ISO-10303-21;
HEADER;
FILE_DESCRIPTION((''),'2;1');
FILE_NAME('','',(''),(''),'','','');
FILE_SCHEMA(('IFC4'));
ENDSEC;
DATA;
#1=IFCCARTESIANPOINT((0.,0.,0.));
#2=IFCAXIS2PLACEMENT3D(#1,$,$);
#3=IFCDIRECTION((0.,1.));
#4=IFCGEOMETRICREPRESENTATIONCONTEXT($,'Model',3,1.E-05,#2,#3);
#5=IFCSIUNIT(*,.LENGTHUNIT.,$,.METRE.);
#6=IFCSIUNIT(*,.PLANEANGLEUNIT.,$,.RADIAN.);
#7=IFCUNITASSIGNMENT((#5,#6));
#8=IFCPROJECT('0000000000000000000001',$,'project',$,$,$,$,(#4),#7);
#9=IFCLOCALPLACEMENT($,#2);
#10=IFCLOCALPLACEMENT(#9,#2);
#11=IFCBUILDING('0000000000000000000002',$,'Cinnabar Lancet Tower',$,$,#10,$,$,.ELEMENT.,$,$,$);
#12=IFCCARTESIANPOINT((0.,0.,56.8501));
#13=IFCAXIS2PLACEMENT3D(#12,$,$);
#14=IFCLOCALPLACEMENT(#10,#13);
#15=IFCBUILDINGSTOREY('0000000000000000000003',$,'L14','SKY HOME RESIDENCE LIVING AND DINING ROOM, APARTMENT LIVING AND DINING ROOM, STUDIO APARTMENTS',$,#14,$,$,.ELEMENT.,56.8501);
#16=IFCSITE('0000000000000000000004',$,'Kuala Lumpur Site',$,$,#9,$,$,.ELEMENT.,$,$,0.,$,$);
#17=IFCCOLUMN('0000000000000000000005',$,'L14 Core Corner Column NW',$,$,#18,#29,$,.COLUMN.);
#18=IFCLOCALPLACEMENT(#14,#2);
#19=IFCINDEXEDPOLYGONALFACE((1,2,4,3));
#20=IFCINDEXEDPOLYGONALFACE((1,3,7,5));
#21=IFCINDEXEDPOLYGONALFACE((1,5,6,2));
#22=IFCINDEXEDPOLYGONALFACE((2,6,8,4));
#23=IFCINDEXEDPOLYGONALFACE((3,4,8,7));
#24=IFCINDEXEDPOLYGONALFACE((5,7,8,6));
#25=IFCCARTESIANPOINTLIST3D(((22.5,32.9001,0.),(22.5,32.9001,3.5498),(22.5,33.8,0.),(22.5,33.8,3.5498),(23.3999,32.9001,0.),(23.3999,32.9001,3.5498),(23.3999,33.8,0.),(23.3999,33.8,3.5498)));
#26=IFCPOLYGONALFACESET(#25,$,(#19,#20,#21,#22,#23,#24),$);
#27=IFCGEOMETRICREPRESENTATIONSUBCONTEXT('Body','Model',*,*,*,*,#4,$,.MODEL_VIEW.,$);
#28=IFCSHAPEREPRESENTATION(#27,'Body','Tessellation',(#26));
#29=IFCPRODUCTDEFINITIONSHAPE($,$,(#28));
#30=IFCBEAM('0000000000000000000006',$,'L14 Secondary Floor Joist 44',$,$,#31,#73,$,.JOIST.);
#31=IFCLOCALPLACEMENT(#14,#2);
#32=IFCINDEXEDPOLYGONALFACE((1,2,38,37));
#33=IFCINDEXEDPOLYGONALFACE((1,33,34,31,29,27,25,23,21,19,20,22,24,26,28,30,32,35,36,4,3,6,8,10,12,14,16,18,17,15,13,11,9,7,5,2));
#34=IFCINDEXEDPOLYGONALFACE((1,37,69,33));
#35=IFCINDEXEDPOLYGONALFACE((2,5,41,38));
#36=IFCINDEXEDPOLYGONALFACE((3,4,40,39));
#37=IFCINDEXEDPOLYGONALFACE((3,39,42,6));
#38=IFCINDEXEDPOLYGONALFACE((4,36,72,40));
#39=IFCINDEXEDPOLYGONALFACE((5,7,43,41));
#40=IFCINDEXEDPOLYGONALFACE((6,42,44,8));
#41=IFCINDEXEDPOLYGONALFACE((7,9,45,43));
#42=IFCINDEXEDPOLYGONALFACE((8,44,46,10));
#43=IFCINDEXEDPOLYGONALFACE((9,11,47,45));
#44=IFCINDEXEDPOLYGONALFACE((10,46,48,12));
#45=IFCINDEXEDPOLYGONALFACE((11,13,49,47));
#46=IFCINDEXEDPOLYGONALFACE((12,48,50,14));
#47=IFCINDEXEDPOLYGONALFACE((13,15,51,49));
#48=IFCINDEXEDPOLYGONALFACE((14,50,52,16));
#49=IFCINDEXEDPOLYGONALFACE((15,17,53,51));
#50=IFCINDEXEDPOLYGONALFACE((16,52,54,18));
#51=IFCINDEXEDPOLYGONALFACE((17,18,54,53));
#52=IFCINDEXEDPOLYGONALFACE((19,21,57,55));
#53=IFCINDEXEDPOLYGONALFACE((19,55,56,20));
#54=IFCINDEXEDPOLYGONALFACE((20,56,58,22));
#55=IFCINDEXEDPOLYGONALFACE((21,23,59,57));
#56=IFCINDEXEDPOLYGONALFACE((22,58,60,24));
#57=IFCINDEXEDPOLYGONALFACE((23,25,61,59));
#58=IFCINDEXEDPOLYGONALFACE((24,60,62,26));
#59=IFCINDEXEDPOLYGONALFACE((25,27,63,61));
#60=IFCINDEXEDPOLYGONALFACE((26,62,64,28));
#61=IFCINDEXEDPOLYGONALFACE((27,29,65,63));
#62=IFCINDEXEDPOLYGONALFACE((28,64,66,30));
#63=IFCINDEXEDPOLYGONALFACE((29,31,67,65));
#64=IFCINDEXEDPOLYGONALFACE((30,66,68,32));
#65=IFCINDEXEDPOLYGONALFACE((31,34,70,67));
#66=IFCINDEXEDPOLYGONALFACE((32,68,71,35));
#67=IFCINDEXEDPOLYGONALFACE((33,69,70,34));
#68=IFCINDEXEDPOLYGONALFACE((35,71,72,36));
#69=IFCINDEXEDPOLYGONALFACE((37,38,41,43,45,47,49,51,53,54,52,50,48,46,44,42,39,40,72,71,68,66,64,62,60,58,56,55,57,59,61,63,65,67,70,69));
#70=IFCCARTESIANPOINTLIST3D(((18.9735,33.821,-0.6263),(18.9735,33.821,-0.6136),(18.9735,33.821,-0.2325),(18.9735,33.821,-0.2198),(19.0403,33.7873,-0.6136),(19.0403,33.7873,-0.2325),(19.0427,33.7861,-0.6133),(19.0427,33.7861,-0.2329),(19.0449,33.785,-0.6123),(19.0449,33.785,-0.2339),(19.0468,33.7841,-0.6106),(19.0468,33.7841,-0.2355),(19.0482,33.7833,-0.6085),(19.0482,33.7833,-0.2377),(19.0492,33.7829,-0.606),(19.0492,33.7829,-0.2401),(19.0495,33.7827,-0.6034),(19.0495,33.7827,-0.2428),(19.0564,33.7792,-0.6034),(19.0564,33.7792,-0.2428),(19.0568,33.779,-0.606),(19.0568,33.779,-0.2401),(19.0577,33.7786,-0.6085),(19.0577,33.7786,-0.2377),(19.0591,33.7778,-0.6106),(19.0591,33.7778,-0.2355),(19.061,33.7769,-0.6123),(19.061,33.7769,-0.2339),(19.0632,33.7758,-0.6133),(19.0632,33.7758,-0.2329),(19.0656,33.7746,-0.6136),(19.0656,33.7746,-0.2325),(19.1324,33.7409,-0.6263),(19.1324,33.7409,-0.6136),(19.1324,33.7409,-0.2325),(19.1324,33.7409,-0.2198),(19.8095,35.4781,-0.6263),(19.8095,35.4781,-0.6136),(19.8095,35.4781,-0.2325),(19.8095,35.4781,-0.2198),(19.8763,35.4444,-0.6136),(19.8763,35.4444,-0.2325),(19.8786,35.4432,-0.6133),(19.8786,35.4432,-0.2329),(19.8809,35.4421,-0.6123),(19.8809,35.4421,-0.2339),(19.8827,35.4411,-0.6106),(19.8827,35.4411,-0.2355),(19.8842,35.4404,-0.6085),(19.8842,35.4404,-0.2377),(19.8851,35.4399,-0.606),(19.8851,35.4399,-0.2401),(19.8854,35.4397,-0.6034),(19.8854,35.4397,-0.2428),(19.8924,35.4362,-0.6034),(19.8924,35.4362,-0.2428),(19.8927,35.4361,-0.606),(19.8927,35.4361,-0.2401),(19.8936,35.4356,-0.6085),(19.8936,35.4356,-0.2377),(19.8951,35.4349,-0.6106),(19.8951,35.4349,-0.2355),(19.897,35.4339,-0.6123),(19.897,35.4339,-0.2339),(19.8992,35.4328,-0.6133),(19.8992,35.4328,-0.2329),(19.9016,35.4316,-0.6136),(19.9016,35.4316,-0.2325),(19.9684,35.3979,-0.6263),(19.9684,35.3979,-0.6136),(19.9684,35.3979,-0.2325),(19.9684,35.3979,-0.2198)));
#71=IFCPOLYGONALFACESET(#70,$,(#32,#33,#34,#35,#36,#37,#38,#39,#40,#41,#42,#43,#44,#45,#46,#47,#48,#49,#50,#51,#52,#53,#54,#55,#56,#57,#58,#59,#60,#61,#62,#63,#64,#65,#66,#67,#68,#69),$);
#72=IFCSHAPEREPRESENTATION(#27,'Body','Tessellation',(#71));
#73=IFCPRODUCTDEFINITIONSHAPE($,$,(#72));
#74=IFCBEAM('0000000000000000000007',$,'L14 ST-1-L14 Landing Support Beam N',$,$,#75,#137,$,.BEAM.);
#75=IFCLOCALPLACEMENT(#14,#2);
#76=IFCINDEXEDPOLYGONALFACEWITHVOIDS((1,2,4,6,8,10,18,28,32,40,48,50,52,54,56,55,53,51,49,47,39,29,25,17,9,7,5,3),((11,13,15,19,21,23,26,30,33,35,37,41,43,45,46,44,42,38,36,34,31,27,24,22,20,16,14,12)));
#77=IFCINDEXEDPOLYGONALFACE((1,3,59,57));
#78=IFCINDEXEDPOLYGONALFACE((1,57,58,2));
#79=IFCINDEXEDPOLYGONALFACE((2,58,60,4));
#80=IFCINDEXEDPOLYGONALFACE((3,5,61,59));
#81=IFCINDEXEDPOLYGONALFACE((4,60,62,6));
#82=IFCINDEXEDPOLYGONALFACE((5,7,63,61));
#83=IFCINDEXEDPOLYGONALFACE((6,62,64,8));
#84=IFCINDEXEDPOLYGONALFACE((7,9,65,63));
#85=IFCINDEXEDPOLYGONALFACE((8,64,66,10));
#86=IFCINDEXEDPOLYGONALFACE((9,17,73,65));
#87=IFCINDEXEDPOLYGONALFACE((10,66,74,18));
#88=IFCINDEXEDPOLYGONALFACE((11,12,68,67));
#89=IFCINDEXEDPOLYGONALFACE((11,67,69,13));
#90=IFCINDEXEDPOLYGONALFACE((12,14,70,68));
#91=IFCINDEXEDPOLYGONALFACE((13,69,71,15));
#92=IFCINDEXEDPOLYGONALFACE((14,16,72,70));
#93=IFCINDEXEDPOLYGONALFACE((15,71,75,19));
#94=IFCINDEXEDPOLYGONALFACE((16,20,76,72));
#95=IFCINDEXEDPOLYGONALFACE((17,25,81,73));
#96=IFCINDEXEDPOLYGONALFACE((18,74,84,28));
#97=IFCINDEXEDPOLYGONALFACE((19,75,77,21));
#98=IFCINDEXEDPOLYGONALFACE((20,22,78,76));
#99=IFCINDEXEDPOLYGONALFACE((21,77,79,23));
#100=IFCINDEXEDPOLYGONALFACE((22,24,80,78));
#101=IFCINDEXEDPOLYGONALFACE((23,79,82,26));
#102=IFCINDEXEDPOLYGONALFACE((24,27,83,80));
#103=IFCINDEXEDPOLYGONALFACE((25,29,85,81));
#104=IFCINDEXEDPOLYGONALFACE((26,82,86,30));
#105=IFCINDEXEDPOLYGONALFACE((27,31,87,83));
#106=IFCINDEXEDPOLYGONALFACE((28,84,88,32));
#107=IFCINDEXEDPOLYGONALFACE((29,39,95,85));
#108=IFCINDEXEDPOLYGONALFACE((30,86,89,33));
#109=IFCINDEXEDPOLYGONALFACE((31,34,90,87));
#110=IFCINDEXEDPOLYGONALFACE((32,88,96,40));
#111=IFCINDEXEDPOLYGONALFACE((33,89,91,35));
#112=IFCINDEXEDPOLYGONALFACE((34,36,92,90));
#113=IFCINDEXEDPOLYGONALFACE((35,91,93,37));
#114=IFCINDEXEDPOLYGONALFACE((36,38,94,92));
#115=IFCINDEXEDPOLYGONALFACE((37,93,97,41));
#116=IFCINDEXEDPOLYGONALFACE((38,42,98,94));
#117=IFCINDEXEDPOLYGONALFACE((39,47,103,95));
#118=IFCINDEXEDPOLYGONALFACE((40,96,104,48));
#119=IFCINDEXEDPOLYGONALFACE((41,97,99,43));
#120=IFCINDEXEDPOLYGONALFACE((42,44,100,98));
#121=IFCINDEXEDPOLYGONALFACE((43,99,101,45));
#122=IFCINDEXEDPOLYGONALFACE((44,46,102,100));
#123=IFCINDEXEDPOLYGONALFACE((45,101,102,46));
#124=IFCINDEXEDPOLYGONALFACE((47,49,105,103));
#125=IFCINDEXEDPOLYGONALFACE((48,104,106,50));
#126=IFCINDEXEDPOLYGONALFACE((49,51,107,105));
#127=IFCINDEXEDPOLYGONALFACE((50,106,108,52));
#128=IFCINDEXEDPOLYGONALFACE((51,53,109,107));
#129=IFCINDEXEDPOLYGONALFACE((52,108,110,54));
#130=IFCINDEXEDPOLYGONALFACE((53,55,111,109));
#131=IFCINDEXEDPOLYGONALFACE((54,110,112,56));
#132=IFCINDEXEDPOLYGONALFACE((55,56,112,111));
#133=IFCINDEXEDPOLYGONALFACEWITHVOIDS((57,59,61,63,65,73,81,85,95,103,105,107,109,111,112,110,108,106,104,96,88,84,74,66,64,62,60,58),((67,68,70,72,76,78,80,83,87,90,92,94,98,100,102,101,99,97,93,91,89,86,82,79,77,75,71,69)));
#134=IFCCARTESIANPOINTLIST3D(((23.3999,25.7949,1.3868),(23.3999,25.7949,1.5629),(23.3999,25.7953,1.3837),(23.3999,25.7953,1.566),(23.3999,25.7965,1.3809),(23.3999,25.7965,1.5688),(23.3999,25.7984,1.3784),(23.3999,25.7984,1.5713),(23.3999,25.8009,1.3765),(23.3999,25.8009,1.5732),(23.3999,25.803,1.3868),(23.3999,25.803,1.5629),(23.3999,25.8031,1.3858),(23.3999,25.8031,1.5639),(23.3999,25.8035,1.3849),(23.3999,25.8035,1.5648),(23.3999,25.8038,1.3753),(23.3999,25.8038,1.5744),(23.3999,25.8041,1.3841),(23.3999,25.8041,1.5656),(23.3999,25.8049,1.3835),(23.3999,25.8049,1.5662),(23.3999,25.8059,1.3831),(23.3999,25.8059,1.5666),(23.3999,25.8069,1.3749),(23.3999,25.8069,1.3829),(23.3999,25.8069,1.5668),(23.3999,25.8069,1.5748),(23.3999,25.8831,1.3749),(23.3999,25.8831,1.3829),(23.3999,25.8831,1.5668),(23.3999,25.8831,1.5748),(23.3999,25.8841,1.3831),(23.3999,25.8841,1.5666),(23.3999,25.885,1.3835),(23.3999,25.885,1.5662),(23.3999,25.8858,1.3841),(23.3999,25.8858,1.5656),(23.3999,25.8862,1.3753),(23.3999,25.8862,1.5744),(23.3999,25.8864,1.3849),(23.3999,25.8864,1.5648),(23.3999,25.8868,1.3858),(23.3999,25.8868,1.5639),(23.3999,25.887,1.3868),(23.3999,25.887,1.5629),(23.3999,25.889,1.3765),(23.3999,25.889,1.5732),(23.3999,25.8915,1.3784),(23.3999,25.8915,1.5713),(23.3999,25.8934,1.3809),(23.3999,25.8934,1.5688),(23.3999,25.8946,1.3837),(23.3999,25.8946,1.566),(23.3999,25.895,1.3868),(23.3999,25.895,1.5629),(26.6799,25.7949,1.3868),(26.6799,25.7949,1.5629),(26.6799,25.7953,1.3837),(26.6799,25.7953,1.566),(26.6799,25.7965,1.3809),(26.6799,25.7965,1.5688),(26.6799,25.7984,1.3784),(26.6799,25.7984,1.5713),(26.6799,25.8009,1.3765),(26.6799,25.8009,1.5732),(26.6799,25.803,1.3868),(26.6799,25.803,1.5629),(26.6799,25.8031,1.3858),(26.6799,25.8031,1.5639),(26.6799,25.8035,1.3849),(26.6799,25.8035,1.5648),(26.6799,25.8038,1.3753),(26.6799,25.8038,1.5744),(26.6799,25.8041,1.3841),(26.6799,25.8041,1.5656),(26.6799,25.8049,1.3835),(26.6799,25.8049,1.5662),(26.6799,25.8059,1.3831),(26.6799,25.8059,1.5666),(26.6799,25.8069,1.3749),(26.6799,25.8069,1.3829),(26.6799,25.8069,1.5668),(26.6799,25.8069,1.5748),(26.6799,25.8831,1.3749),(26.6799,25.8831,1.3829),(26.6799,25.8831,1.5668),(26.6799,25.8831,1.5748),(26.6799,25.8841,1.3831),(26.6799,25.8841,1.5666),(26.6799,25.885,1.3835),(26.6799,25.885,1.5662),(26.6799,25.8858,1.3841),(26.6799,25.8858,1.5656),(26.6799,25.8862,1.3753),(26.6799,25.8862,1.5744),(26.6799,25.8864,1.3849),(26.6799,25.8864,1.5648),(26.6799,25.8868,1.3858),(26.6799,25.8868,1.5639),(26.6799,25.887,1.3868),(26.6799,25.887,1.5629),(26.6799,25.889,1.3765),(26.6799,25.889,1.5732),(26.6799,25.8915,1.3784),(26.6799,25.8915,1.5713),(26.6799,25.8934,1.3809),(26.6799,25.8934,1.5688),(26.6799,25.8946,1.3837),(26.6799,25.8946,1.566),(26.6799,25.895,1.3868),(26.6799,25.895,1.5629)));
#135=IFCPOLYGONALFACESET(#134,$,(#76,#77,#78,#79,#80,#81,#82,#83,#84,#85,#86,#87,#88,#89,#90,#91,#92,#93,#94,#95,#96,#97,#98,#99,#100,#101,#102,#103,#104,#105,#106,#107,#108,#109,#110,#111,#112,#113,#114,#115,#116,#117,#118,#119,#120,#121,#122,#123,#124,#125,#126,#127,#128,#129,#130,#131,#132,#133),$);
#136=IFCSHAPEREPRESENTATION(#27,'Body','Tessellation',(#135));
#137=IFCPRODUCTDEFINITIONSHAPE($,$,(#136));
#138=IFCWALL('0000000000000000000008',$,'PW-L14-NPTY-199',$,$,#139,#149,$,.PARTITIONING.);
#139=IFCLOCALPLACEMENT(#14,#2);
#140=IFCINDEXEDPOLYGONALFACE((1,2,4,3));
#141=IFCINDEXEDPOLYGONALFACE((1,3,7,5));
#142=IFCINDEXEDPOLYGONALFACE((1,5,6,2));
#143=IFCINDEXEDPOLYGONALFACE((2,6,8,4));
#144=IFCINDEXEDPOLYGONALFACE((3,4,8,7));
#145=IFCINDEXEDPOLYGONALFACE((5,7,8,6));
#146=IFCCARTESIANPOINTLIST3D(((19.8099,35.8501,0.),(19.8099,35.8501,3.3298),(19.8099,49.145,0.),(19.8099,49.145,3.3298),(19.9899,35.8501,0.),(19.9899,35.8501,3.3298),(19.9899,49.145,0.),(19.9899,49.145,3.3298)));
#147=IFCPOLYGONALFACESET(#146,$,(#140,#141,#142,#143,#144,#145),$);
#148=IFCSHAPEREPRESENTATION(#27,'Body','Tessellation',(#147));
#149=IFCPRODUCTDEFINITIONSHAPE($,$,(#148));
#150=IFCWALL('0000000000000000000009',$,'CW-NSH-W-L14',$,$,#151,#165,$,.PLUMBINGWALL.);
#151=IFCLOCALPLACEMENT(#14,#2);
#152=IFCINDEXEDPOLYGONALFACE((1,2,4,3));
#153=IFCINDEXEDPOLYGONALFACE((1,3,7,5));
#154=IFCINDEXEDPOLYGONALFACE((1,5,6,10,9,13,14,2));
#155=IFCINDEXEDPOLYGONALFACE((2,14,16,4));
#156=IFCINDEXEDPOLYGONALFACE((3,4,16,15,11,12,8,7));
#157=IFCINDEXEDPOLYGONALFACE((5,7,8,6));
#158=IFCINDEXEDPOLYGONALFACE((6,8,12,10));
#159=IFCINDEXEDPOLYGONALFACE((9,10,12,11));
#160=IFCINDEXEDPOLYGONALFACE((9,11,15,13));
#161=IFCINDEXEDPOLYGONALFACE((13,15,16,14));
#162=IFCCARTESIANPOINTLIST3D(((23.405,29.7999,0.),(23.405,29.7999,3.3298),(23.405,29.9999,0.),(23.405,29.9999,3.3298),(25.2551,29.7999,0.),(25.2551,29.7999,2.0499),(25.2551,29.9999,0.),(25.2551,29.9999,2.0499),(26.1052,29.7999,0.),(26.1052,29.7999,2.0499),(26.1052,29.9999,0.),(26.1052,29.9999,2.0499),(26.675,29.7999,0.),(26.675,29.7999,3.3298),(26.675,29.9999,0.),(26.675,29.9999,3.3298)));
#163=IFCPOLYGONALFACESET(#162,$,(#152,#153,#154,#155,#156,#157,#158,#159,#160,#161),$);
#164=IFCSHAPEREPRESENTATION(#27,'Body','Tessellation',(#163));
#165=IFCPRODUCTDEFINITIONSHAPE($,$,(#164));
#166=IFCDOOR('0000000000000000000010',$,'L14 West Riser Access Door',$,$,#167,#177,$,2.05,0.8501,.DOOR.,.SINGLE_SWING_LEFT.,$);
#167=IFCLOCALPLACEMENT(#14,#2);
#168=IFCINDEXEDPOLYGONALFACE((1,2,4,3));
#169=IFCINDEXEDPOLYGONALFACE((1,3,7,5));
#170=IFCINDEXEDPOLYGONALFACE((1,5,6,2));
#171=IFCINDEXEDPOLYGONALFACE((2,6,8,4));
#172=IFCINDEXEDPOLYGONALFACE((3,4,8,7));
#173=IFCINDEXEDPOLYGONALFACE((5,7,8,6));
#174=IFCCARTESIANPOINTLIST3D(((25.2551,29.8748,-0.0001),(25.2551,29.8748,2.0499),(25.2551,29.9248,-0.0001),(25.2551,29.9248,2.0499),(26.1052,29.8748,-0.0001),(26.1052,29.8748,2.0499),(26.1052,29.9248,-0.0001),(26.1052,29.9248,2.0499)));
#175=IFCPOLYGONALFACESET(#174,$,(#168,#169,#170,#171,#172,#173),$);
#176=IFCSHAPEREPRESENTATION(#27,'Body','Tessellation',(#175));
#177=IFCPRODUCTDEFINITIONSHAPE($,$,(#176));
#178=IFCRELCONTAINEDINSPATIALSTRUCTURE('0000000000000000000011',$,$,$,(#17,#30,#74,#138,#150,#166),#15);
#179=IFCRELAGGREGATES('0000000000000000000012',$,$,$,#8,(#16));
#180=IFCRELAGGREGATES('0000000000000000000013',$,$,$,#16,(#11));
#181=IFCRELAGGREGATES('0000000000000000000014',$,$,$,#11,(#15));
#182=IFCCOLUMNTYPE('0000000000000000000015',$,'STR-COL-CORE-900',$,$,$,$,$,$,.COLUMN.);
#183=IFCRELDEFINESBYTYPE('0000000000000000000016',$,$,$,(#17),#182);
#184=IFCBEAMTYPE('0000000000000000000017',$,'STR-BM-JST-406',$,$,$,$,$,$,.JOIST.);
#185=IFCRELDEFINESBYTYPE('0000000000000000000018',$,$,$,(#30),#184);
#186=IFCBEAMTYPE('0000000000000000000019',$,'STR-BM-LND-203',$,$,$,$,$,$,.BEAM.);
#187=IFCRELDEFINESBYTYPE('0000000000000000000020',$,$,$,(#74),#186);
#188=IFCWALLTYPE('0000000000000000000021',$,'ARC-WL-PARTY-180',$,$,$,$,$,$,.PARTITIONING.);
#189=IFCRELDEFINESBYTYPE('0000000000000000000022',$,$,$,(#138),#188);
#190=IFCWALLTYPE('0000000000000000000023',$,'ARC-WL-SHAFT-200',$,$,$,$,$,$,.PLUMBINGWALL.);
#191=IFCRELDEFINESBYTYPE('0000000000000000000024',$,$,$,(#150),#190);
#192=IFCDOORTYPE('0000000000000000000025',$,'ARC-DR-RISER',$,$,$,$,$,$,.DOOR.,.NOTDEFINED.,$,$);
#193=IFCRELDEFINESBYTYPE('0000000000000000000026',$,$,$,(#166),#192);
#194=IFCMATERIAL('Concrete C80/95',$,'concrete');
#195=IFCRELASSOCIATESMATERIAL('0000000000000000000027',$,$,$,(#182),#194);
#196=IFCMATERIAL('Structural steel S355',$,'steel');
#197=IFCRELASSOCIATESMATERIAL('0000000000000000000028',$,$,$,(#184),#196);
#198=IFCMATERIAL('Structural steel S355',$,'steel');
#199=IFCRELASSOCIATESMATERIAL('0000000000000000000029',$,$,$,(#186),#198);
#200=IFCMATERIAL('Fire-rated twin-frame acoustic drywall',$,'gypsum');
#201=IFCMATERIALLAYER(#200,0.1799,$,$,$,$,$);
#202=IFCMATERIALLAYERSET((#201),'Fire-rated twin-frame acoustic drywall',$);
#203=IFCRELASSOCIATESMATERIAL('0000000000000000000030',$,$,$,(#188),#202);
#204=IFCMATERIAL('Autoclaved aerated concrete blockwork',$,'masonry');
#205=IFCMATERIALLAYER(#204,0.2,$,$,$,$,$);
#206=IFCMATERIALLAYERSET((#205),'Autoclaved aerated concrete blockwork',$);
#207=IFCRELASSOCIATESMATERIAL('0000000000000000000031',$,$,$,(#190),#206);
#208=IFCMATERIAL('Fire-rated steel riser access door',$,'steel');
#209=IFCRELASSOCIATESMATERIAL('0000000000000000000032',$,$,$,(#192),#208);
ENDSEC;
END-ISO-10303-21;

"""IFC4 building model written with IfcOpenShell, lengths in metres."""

from ifc_helpers import new_model, si_unit, direction, frame, frame_2d, origin, origin_2d, place, context, subcontext, project, spatial, rectangle, hollow_rectangle, i_section, extrude, material, layer, layer_set, material_profile, profile_set, type_object, element, fill, save


model = new_model("IFC4")

# Units and contexts
model_context = context("Model", 3, precision=1e-05, world=origin(), true_north=direction((0.0, 1.0)))
body_context = subcontext(model_context, "Body", "Model", "MODEL_VIEW")
ifc_project = project(units=[si_unit("LENGTHUNIT", "METRE"), si_unit("PLANEANGLEUNIT", "RADIAN")], contexts=[model_context])

# Site, building, storey
site_placement = place(None, origin())
site = spatial("IfcSite", under=ifc_project, at=site_placement, Name="Kuala Lumpur Site", CompositionType="ELEMENT", RefElevation=0.0)
building_placement = place(site_placement, origin())
building = spatial("IfcBuilding", under=site, at=building_placement, Name="Cinnabar Lancet Tower", CompositionType="ELEMENT")
storey_placement = place(building_placement, frame((0.0, 0.0, 56.8501)))
storey = spatial("IfcBuildingStorey", under=building, at=storey_placement, Name="L14", Description="SKY HOME RESIDENCE LIVING AND DINING ROOM, APARTMENT LIVING AND DINING ROOM, STUDIO APARTMENTS", CompositionType="ELEMENT", Elevation=56.8501)

# Column
ifc_material_1 = material(Name="Concrete C80/95", Category="concrete")
ifc_material_profile_1 = material_profile(ifc_material_1, rectangle(XDim=0.8999, YDim=0.8999, at=origin_2d()), Name="RC-COL 900x900")
ifc_profile_set_1 = profile_set([ifc_material_profile_1], Name="Concrete C80/95")
column_type = type_object("IfcColumnType", Name="STR-COL-CORE-900", PredefinedType="COLUMN", material=ifc_profile_set_1)
column_placement = place(storey_placement, frame((22.95, 33.3501, 0.0), z_axis=(0.0, 0.0, 1.0), x_axis=(1.0, 0.0, 0.0)))
element("IfcColumn", 1, at=column_placement, inside=storey, type_object=column_type, Name="L14 Core Corner Column NW", PredefinedType="COLUMN", context=body_context, shape_type="SweptSolid", body=[
    extrude(rectangle(XDim=0.8999, YDim=0.8999, at=origin_2d()), origin(), (0.0, 0.0, 1.0), 3.5498),
])

# Beams
ifc_material_2 = material(Name="Structural steel S355", Category="steel")
ifc_material_profile_2 = material_profile(ifc_material_2, i_section(OverallWidth=0.178, OverallDepth=0.4065, WebThickness=0.0078, FlangeThickness=0.0127, FilletRadius=0.0103, at=origin_2d()), Name="UKB 406x178x60")
ifc_profile_set_2 = profile_set([ifc_material_profile_2], Name="Structural steel S355")
beam_type_1 = type_object("IfcBeamType", Name="STR-BM-JST-406", PredefinedType="JOIST", material=ifc_profile_set_2)
beam_1_placement = place(storey_placement, frame((19.8889, 35.438, -0.4231), z_axis=(-0.45042, -0.892817, 0.0), x_axis=(0.892817, -0.45042, 0.0)))
element("IfcBeam", 2, at=beam_1_placement, inside=storey, type_object=beam_type_1, Name="L14 Secondary Floor Joist 44", PredefinedType="JOIST", context=body_context, shape_type="SweptSolid", body=[
    extrude(i_section(OverallWidth=0.178, OverallDepth=0.4065, WebThickness=0.0078, FlangeThickness=0.0127, FilletRadius=0.0103, at=origin_2d()), origin(), (0.0, 0.0, 1.0), 1.856),
])
ifc_material_3 = material(Name="Structural steel S355", Category="steel")
ifc_material_profile_3 = material_profile(ifc_material_3, hollow_rectangle(XDim=0.1001, YDim=0.2, WallThickness=0.0081, InnerFilletRadius=0.0039, OuterFilletRadius=0.012, at=origin_2d()), Name="RHS 200x100x8")
ifc_profile_set_3 = profile_set([ifc_material_profile_3], Name="Structural steel S355")
beam_type_2 = type_object("IfcBeamType", Name="STR-BM-LND-203", PredefinedType="BEAM", material=ifc_profile_set_3)
beam_2_placement = place(storey_placement, frame((23.3999, 25.845, 1.4749), z_axis=(1.0, 0.0, 0.0), x_axis=(0.0, 1.0, 0.0)))
element("IfcBeam", 3, at=beam_2_placement, inside=storey, type_object=beam_type_2, Name="L14 ST-1-L14 Landing Support Beam N", PredefinedType="BEAM", context=body_context, shape_type="SweptSolid", body=[
    extrude(hollow_rectangle(XDim=0.1001, YDim=0.2, WallThickness=0.0081, InnerFilletRadius=0.0039, OuterFilletRadius=0.012, at=origin_2d()), origin(), (0.0, 0.0, 1.0), 3.28),
])

# Wall
ifc_material_4 = material(Name="Fire-rated twin-frame acoustic drywall", Category="gypsum")
ifc_layer_1 = layer(ifc_material_4, 0.1799)
ifc_layer_set_1 = layer_set([ifc_layer_1], Name="Fire-rated twin-frame acoustic drywall")
wall_type_1 = type_object("IfcWallType", Name="ARC-WL-PARTY-180", PredefinedType="PARTITIONING", material=ifc_layer_set_1)
wall_1_placement = place(storey_placement, frame((19.8999, 35.8501, 0.0), z_axis=(0.0, 0.0, 1.0), x_axis=(0.0, 1.0, 0.0)))
element("IfcWall", 4, at=wall_1_placement, inside=storey, type_object=wall_type_1, Name="PW-L14-NPTY-199", PredefinedType="PARTITIONING", context=body_context, shape_type="SweptSolid", body=[
    extrude(rectangle(XDim=13.2949, YDim=0.1799, at=frame_2d((6.6475, 0.0))), origin(), (0.0, 0.0, 1.0), 3.3298),
])

# Wall, opening, door
ifc_material_5 = material(Name="Autoclaved aerated concrete blockwork", Category="masonry")
ifc_layer_2 = layer(ifc_material_5, 0.2)
ifc_layer_set_2 = layer_set([ifc_layer_2], Name="Autoclaved aerated concrete blockwork")
wall_type_2 = type_object("IfcWallType", Name="ARC-WL-SHAFT-200", PredefinedType="PLUMBINGWALL", material=ifc_layer_set_2)
wall_2_placement = place(storey_placement, frame((23.405, 29.8999, 0.0), z_axis=(0.0, 0.0, 1.0), x_axis=(1.0, 0.0, 0.0)))
wall_2 = element("IfcWall", 5, at=wall_2_placement, inside=storey, type_object=wall_type_2, Name="CW-NSH-W-L14", PredefinedType="PLUMBINGWALL", context=body_context, shape_type="SweptSolid", body=[
    extrude(rectangle(XDim=3.27, YDim=0.2, at=frame_2d((1.635, 0.0))), origin(), (0.0, 0.0, 1.0), 3.3298),
])
opening_1_placement = place(wall_2_placement, frame((1.8501, 0.0, 0.0)))
opening_1 = element("IfcOpeningElement", 6, at=opening_1_placement, cuts=wall_2, PredefinedType="OPENING", context=body_context, shape_type="SweptSolid", body=[
    extrude(rectangle(XDim=0.8501, YDim=2.05, at=frame_2d((0.425, 1.0249))), frame((0.0, 0.1099, 0.0), z_axis=(0.0, -1.0, 0.0), x_axis=(1.0, 0.0, 0.0)), (0.0, 0.0, 1.0), 0.22),
])
ifc_material_6 = material(Name="Fire-rated steel riser access door", Category="steel")
door_type_1 = type_object("IfcDoorType", Name="ARC-DR-RISER", OperationType="NOTDEFINED", PredefinedType="DOOR", material=ifc_material_6)
door_1_placement = place(opening_1_placement, origin())
door_1 = element("IfcDoor", 7, at=door_1_placement, inside=storey, type_object=door_type_1, Name="L14 West Riser Access Door", OperationType="SINGLE_SWING_LEFT", OverallHeight=2.05, OverallWidth=0.8501, PredefinedType="DOOR", context=body_context, shape_type="SweptSolid", body=[
    extrude(rectangle(XDim=0.8501, YDim=2.05, at=frame_2d((0.425, 1.0249))), frame((0.0, 0.0249, 0.0), z_axis=(0.0, -1.0, 0.0), x_axis=(1.0, 0.0, 0.0)), (0.0, 0.0, 1.0), 0.05),
])
fill(opening_1, door_1)

save(model, "model.ifc")
